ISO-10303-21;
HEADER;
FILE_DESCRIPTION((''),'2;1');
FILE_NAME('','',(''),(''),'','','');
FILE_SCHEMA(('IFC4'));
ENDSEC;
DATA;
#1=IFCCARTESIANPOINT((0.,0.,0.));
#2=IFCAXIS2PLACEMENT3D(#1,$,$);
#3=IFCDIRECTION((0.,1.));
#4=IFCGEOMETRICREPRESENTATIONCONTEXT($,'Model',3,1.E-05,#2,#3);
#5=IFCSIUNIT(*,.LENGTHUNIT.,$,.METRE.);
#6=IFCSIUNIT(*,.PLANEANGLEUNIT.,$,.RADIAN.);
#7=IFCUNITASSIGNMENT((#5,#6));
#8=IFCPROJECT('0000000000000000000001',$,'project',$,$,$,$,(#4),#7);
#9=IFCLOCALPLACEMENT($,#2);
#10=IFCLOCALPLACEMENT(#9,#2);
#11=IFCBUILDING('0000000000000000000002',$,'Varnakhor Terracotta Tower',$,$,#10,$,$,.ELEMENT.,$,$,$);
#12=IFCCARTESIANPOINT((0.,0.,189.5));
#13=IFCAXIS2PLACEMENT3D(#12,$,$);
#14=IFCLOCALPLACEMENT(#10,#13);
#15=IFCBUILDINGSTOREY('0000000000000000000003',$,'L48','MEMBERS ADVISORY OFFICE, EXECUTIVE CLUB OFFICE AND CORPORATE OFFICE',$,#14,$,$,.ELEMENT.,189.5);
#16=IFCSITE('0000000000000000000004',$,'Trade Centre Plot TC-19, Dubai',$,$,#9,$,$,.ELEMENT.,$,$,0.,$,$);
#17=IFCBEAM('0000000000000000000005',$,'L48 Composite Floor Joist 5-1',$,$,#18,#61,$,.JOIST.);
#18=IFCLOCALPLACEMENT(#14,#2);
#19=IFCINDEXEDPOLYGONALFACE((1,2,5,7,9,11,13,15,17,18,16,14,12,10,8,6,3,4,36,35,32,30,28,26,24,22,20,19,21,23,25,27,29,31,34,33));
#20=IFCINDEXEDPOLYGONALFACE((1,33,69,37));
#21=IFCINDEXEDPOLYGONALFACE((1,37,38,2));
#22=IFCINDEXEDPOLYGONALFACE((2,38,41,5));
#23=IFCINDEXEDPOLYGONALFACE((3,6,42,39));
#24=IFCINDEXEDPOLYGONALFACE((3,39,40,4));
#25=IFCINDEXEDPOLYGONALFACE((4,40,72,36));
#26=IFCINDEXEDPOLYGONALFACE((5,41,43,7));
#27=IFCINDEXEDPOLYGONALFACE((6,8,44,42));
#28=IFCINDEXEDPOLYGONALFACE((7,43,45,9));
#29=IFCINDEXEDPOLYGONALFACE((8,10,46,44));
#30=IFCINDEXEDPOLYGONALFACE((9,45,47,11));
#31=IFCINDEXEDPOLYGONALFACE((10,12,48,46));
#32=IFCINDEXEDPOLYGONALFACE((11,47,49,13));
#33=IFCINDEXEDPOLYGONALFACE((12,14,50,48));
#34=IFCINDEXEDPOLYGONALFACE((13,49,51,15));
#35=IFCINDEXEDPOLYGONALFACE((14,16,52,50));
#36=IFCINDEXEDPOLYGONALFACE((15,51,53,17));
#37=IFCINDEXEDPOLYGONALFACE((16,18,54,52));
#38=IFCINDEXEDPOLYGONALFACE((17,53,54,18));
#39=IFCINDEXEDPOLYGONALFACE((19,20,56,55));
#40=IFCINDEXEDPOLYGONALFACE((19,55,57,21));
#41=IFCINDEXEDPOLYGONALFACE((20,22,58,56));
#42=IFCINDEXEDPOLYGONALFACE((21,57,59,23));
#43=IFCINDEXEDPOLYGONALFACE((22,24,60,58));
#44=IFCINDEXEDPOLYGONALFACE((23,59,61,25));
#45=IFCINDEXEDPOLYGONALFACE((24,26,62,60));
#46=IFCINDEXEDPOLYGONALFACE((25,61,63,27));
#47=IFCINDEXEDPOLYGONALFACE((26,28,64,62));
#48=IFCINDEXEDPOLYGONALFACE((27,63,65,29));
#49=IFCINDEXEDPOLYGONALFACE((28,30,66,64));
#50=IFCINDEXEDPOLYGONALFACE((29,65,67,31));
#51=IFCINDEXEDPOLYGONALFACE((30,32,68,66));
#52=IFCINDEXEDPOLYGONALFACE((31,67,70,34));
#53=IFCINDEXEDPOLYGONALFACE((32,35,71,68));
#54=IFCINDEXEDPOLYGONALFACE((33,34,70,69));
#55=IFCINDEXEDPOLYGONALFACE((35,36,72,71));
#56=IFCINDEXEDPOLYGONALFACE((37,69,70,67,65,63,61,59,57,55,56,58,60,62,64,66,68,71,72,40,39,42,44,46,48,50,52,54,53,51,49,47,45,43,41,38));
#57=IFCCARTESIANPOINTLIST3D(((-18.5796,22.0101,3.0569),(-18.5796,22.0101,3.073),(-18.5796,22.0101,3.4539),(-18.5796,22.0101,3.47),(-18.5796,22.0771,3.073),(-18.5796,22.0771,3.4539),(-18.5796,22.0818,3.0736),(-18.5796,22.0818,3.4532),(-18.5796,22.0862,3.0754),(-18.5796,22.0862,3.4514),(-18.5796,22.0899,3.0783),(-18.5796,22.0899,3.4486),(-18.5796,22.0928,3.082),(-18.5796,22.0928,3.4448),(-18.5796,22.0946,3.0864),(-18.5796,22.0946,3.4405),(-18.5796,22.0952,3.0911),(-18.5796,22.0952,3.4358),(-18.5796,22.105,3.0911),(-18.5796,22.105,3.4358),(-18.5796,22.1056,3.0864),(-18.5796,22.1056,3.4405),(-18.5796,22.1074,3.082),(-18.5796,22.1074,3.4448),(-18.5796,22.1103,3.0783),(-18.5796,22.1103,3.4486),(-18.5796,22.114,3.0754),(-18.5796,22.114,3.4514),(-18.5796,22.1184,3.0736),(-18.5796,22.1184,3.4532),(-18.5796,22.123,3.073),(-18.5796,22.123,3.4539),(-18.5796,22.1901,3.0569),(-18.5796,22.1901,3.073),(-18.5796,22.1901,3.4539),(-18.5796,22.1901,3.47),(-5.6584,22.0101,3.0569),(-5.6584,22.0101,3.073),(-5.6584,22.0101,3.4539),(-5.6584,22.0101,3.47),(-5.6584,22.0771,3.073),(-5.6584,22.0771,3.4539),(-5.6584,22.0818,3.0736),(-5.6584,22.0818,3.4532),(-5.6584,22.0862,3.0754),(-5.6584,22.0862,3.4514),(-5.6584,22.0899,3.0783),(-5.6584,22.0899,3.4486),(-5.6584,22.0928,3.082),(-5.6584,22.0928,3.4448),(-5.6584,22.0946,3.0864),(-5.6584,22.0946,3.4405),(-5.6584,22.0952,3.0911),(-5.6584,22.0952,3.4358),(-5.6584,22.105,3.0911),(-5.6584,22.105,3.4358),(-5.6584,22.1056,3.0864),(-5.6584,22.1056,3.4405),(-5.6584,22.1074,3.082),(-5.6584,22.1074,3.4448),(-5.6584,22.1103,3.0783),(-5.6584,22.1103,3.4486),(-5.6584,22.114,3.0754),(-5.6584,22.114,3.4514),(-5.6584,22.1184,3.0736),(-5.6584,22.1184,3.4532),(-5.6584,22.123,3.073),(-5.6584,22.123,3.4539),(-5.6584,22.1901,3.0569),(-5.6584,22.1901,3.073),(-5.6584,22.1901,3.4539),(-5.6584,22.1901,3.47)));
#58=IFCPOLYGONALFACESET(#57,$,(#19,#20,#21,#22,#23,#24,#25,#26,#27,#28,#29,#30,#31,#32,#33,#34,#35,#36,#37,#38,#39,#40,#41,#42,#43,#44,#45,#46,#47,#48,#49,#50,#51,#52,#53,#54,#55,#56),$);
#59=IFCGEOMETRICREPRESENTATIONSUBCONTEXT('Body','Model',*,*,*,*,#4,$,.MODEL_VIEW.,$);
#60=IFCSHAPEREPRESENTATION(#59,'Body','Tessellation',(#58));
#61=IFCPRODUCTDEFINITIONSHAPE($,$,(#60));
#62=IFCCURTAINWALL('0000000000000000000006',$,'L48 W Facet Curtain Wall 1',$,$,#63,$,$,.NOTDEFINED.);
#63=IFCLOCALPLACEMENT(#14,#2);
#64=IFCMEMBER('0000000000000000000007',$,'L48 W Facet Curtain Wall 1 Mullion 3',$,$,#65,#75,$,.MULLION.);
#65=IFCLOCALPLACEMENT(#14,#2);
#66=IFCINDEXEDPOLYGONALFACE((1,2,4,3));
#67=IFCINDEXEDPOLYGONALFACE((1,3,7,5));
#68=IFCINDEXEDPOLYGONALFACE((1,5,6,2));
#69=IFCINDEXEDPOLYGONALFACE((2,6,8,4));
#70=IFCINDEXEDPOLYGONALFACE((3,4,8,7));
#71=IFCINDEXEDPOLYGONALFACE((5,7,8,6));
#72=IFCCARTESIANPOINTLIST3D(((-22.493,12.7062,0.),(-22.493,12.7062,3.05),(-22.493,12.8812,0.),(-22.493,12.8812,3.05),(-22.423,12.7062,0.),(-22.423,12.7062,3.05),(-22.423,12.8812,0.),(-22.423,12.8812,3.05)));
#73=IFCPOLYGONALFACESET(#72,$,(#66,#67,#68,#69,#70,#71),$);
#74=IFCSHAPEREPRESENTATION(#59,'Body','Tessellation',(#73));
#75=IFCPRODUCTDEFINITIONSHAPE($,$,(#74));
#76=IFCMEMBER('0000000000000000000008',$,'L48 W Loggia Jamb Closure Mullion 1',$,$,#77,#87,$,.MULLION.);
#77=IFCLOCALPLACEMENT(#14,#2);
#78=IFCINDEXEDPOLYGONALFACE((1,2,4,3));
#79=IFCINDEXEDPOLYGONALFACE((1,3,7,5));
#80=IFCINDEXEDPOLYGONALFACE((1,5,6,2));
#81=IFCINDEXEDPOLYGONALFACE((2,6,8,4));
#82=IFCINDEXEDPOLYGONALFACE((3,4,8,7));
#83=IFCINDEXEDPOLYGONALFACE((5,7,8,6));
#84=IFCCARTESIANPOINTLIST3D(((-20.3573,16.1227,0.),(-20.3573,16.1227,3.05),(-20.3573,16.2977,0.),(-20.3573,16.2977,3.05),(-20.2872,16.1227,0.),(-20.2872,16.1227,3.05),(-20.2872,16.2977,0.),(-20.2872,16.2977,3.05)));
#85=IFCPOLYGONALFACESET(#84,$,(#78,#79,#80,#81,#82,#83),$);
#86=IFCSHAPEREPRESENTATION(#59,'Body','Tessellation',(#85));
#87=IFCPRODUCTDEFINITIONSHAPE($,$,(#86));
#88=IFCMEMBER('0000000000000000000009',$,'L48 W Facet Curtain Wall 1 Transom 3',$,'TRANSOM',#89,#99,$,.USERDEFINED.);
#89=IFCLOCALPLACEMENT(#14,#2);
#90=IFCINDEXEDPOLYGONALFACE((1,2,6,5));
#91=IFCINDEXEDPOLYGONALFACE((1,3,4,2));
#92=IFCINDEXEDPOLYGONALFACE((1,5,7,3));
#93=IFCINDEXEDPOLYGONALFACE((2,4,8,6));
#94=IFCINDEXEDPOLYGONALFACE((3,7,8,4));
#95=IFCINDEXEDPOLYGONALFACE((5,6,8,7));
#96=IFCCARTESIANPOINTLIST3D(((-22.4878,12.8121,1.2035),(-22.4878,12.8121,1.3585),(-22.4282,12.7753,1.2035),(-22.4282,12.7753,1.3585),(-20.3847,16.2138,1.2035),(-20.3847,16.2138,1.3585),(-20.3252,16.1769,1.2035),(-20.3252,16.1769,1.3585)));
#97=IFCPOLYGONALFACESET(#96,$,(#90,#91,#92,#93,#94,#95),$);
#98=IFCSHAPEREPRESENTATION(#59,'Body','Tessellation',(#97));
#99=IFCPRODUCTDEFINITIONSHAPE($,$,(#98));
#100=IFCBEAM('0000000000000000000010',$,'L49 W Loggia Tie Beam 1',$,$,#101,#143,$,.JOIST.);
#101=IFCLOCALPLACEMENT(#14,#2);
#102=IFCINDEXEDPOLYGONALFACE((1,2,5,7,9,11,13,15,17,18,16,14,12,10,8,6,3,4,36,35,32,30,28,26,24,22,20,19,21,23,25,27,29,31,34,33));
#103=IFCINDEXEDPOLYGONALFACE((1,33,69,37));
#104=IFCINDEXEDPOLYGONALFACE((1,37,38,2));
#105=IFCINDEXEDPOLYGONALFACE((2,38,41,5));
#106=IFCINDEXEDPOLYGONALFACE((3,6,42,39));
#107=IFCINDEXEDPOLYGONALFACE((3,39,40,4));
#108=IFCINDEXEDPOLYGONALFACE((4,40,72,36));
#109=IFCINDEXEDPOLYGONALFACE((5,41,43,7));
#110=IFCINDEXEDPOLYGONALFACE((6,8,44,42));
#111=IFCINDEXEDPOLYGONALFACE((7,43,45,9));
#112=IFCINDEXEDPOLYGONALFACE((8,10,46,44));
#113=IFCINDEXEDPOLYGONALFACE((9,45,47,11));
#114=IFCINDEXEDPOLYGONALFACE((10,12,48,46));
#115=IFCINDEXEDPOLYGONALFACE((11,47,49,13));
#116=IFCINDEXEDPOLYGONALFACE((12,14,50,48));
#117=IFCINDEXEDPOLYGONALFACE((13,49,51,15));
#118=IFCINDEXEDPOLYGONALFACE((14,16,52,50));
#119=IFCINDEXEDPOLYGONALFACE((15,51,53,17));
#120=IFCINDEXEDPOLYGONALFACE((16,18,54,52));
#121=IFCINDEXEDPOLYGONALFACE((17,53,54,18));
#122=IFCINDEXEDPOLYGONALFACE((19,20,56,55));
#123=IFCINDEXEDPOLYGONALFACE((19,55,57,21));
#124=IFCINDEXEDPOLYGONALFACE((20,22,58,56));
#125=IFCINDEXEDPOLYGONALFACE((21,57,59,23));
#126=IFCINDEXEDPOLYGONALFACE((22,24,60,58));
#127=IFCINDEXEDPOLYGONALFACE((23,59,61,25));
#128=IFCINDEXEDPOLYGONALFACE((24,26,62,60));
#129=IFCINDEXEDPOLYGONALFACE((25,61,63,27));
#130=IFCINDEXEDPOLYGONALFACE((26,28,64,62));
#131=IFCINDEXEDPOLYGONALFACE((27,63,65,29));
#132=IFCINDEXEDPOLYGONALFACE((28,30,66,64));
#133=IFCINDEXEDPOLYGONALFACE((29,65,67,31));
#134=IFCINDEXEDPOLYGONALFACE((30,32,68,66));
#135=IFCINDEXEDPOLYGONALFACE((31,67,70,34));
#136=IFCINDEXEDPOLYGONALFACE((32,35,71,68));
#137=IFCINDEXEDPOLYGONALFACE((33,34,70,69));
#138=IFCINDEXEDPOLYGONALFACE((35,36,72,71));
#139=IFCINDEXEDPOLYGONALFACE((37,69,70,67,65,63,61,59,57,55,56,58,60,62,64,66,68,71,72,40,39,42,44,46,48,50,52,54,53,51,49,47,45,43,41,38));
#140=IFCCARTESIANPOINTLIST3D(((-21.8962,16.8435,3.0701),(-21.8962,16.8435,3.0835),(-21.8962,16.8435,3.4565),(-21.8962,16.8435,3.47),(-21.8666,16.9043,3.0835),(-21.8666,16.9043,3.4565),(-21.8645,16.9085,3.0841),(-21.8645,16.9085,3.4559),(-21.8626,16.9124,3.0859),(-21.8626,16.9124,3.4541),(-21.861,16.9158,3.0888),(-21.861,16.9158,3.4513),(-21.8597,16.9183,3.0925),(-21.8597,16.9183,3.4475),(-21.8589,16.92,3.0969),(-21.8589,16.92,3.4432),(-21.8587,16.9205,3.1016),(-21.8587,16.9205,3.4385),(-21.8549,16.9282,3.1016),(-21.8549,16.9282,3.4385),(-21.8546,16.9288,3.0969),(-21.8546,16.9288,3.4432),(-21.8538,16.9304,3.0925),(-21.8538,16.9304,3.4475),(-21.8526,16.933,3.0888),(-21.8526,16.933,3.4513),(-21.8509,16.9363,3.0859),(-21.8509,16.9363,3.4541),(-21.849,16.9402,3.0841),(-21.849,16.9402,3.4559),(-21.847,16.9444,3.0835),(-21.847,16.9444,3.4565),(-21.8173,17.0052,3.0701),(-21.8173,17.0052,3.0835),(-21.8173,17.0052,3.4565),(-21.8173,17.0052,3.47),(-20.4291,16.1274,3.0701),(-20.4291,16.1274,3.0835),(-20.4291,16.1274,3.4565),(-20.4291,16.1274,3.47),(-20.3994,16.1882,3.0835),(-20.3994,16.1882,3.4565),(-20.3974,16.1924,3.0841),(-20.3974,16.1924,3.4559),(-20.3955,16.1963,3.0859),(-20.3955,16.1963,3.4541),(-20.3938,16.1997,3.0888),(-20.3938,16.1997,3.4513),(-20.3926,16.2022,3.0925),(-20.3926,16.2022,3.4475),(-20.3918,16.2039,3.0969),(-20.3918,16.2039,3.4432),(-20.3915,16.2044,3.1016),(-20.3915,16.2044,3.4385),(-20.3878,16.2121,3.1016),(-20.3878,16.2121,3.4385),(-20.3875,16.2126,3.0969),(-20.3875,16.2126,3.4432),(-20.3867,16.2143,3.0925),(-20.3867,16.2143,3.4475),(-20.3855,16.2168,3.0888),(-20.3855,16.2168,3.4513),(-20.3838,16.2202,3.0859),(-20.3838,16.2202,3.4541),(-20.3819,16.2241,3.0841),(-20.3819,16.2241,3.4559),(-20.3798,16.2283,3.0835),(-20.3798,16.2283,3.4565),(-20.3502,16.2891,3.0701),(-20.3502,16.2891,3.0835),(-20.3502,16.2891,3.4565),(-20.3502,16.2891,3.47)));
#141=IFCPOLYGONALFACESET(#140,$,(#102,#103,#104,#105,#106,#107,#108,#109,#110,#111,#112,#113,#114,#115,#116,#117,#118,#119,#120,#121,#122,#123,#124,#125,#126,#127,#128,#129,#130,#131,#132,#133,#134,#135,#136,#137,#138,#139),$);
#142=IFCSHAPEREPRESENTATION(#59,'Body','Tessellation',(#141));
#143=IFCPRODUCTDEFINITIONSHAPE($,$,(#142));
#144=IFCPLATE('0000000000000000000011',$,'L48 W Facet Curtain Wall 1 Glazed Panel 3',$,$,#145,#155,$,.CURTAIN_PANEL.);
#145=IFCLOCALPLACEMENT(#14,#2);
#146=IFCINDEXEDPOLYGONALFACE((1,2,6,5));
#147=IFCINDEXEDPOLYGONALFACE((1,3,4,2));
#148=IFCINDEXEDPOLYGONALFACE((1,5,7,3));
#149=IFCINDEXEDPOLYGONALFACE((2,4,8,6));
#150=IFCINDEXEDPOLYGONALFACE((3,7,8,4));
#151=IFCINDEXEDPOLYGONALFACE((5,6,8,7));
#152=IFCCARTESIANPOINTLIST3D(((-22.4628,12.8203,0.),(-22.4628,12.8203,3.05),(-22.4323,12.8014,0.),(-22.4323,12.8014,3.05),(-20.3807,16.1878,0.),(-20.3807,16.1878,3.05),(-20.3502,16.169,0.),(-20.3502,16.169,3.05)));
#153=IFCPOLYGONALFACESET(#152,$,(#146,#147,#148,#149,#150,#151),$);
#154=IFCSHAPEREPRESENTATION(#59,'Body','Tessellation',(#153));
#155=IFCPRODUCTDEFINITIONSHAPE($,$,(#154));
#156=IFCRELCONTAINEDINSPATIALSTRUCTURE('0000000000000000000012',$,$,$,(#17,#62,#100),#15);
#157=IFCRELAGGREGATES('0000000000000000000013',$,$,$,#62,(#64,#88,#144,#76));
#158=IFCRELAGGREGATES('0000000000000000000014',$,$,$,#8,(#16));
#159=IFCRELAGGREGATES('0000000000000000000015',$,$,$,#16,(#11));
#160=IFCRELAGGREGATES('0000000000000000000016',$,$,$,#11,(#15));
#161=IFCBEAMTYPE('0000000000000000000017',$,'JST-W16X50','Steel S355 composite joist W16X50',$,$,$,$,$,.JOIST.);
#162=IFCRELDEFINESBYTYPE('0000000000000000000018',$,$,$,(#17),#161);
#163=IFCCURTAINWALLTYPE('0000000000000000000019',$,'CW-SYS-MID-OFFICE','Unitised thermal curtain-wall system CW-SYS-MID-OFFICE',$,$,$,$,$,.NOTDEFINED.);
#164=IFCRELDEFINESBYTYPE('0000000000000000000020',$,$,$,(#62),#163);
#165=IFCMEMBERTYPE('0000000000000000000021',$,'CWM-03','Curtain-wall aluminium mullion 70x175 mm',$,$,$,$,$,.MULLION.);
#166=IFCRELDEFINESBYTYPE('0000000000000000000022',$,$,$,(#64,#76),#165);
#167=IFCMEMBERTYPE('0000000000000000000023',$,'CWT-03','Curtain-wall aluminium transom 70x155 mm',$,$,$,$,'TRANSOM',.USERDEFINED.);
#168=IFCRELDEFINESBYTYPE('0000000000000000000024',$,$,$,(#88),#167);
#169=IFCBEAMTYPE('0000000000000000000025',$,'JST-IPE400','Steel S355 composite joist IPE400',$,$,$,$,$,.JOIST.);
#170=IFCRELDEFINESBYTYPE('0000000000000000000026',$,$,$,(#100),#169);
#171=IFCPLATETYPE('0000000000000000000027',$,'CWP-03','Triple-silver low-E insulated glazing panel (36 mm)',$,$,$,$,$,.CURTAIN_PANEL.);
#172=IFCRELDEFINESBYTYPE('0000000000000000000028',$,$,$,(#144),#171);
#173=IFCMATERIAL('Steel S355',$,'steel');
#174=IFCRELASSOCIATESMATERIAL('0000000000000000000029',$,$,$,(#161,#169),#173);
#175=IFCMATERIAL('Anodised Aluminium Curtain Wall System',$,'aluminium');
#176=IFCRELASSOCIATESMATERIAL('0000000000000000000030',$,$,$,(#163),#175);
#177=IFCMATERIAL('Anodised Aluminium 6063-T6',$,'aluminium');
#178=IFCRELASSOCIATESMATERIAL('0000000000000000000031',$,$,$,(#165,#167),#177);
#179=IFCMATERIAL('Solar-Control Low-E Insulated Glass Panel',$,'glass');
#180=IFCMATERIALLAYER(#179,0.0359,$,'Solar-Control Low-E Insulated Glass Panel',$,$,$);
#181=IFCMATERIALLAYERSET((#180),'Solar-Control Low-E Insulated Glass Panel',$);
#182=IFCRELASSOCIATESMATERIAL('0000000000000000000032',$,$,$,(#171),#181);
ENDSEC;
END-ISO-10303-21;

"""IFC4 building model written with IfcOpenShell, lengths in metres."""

from ifc_helpers import new_model, si_unit, direction, frame, origin, origin_2d, place, context, subcontext, project, spatial, rectangle, i_section, extrude, source, transform, mapped, material, layer, layer_set, material_profile, profile_set, type_object, element, aggregate, save


model = new_model("IFC4")

# Units and contexts
model_context = context("Model", 3, precision=1e-05, world=origin(), true_north=direction((0.0, 1.0)))
body_context = subcontext(model_context, "Body", "Model", "MODEL_VIEW")
ifc_project = project(units=[si_unit("LENGTHUNIT", "METRE"), si_unit("PLANEANGLEUNIT", "RADIAN")], contexts=[model_context])

# Site, building, storey
site_placement = place(None, origin())
site = spatial("IfcSite", under=ifc_project, at=site_placement, Name="Trade Centre Plot TC-19, Dubai", CompositionType="ELEMENT", RefElevation=0.0)
building_placement = place(site_placement, origin())
building = spatial("IfcBuilding", under=site, at=building_placement, Name="Varnakhor Terracotta Tower", CompositionType="ELEMENT")
storey_placement = place(building_placement, frame((0.0, 0.0, 189.5)))
storey = spatial("IfcBuildingStorey", under=building, at=storey_placement, Name="L48", Description="MEMBERS ADVISORY OFFICE, EXECUTIVE CLUB OFFICE AND CORPORATE OFFICE", CompositionType="ELEMENT", Elevation=189.5)

# Beam
ifc_material_1 = material(Name="Steel S355", Category="steel")
ifc_material_profile_1 = material_profile(ifc_material_1, i_section(OverallWidth=0.1799, OverallDepth=0.4131, WebThickness=0.0098, FlangeThickness=0.0161, FilletRadius=0.0181, at=origin_2d()), Name="W16X50")
ifc_profile_set_1 = profile_set([ifc_material_profile_1], Name="Steel S355")
beam_type_1 = type_object("IfcBeamType", Name="JST-W16X50", Description="Steel S355 composite joist W16X50", PredefinedType="JOIST", material=ifc_profile_set_1)
shared_shape_1 = source(origin(), body_context, "Body", "SweptSolid", [
    extrude(i_section(OverallWidth=0.1799, OverallDepth=0.4131, WebThickness=0.0098, FlangeThickness=0.0161, FilletRadius=0.0181, at=origin_2d()), origin(), (0.0, 0.0, 1.0), 12.9211),
])
beam_1_placement = place(storey_placement, frame((-18.5796, 22.1001, 3.2634), z_axis=(1.0, 0.0, 0.0), x_axis=(0.0, 1.0, 0.0)))
element("IfcBeam", 1, at=beam_1_placement, inside=storey, type_object=beam_type_1, Name="L48 Composite Floor Joist 5-1", PredefinedType="JOIST", context=body_context, shape_type="MappedRepresentation", body=[
    mapped(shared_shape_1, transform((0.0, 0.0, 0.0), scale=1.0)),
])

# Curtain wall, members
ifc_material_2 = material(Name="Anodised Aluminium Curtain Wall System", Category="aluminium")
curtain_wall_type = type_object("IfcCurtainWallType", Name="CW-SYS-MID-OFFICE", Description="Unitised thermal curtain-wall system CW-SYS-MID-OFFICE", PredefinedType="NOTDEFINED", material=ifc_material_2)
curtain_wall_placement = place(storey_placement, origin())
curtain_wall = element("IfcCurtainWall", 2, at=curtain_wall_placement, inside=storey, type_object=curtain_wall_type, Name="L48 W Facet Curtain Wall 1", PredefinedType="NOTDEFINED")
ifc_material_3 = material(Name="Anodised Aluminium 6063-T6", Category="aluminium")
ifc_material_profile_2 = material_profile(ifc_material_3, rectangle(XDim=0.0701, YDim=0.175, at=origin_2d()), Name="ALU MULLION 70x175")
ifc_profile_set_2 = profile_set([ifc_material_profile_2], Name="Anodised Aluminium 6063-T6")
member_type_1 = type_object("IfcMemberType", Name="CWM-03", Description="Curtain-wall aluminium mullion 70x175 mm", PredefinedType="MULLION", material=ifc_profile_set_2)
shared_shape_2 = source(origin(), body_context, "Body", "SweptSolid", [
    extrude(rectangle(XDim=0.0701, YDim=0.175, at=origin_2d()), origin(), (0.0, 0.0, 1.0), 3.05),
])
member_1_placement = place(storey_placement, frame((-22.458, 12.7937, 0.0), z_axis=(0.0, 0.0, 1.0), x_axis=(1.0, 0.0, 0.0)))
member_1 = element("IfcMember", 3, at=member_1_placement, type_object=member_type_1, Name="L48 W Facet Curtain Wall 1 Mullion 3", PredefinedType="MULLION", context=body_context, shape_type="MappedRepresentation", body=[
    mapped(shared_shape_2, transform((0.0, 0.0, 0.0), scale=1.0)),
])
member_2_placement = place(storey_placement, frame((-20.3223, 16.2102, 0.0), z_axis=(0.0, 0.0, 1.0), x_axis=(1.0, 0.0, 0.0)))
member_2 = element("IfcMember", 4, at=member_2_placement, type_object=member_type_1, Name="L48 W Loggia Jamb Closure Mullion 1", PredefinedType="MULLION", context=body_context, shape_type="MappedRepresentation", body=[
    mapped(shared_shape_2, transform((0.0, 0.0, 0.0), scale=1.0)),
])
ifc_material_profile_3 = material_profile(ifc_material_3, rectangle(XDim=0.0701, YDim=0.155, at=origin_2d()), Name="ALU TRANSOM 70x155")
ifc_profile_set_3 = profile_set([ifc_material_profile_3], Name="Anodised Aluminium 6063-T6")
member_type_2 = type_object("IfcMemberType", Name="CWT-03", Description="Curtain-wall aluminium transom 70x155 mm", ElementType="TRANSOM", PredefinedType="USERDEFINED", material=ifc_profile_set_3)
shared_shape_3 = source(origin(), body_context, "Body", "SweptSolid", [
    extrude(rectangle(XDim=0.0701, YDim=0.155, at=origin_2d()), origin(), (0.0, 0.0, 1.0), 3.9993),
])
member_3_placement = place(storey_placement, frame((-22.458, 12.7937, 1.281), z_axis=(0.525861, 0.850571, 0.0), x_axis=(-0.850571, 0.525861, 0.0)))
member_3 = element("IfcMember", 5, at=member_3_placement, type_object=member_type_2, Name="L48 W Facet Curtain Wall 1 Transom 3", ObjectType="TRANSOM", PredefinedType="USERDEFINED", context=body_context, shape_type="MappedRepresentation", body=[
    mapped(shared_shape_3, transform((0.0, 0.0, 0.0), scale=1.0)),
])

# Beam
ifc_material_profile_4 = material_profile(ifc_material_1, i_section(OverallWidth=0.1799, OverallDepth=0.3999, WebThickness=0.0085, FlangeThickness=0.0134, FilletRadius=0.0181, at=origin_2d()), Name="IPE400")
ifc_profile_set_4 = profile_set([ifc_material_profile_4], Name="Steel S355")
beam_type_2 = type_object("IfcBeamType", Name="JST-IPE400", Description="Steel S355 composite joist IPE400", PredefinedType="JOIST", material=ifc_profile_set_4)
shared_shape_4 = source(origin(), body_context, "Body", "SweptSolid", [
    extrude(i_section(OverallWidth=0.1799, OverallDepth=0.3999, WebThickness=0.0085, FlangeThickness=0.0134, FilletRadius=0.0181, at=origin_2d()), origin(), (0.0, 0.0, 1.0), 1.6326),
])
beam_2_placement = place(storey_placement, frame((-20.3896, 16.2083, 3.27), z_axis=(-0.898663, 0.438639, 0.0), x_axis=(-0.438639, -0.898663, 0.0)))
element("IfcBeam", 6, at=beam_2_placement, inside=storey, type_object=beam_type_2, Name="L49 W Loggia Tie Beam 1", PredefinedType="JOIST", context=body_context, shape_type="MappedRepresentation", body=[
    mapped(shared_shape_4, transform((0.0, 0.0, 0.0), scale=1.0)),
])

# Plate
ifc_material_4 = material(Name="Solar-Control Low-E Insulated Glass Panel", Category="glass")
ifc_layer_1 = layer(ifc_material_4, 0.0359, Name="Solar-Control Low-E Insulated Glass Panel")
ifc_layer_set_1 = layer_set([ifc_layer_1], Name="Solar-Control Low-E Insulated Glass Panel")
plate_type = type_object("IfcPlateType", Name="CWP-03", Description="Triple-silver low-E insulated glazing panel (36 mm)", PredefinedType="CURTAIN_PANEL", material=ifc_layer_set_1)
shared_shape_5 = source(origin(), body_context, "Body", "SweptSolid", [
    extrude(rectangle(XDim=3.9592, YDim=0.0359, at=origin_2d()), origin(), (0.0, 0.0, 1.0), 3.05),
])
plate_placement = place(storey_placement, frame((-21.4065, 14.4946, 0.0), z_axis=(0.0, 0.0, 1.0), x_axis=(0.525887, 0.850554, 0.0)))
plate = element("IfcPlate", 7, at=plate_placement, type_object=plate_type, Name="L48 W Facet Curtain Wall 1 Glazed Panel 3", PredefinedType="CURTAIN_PANEL", context=body_context, shape_type="MappedRepresentation", body=[
    mapped(shared_shape_5, transform((0.0, 0.0, 0.0), scale=1.0)),
])
aggregate(curtain_wall, [member_1, member_3, plate, member_2])

save(model, "model.ifc")
